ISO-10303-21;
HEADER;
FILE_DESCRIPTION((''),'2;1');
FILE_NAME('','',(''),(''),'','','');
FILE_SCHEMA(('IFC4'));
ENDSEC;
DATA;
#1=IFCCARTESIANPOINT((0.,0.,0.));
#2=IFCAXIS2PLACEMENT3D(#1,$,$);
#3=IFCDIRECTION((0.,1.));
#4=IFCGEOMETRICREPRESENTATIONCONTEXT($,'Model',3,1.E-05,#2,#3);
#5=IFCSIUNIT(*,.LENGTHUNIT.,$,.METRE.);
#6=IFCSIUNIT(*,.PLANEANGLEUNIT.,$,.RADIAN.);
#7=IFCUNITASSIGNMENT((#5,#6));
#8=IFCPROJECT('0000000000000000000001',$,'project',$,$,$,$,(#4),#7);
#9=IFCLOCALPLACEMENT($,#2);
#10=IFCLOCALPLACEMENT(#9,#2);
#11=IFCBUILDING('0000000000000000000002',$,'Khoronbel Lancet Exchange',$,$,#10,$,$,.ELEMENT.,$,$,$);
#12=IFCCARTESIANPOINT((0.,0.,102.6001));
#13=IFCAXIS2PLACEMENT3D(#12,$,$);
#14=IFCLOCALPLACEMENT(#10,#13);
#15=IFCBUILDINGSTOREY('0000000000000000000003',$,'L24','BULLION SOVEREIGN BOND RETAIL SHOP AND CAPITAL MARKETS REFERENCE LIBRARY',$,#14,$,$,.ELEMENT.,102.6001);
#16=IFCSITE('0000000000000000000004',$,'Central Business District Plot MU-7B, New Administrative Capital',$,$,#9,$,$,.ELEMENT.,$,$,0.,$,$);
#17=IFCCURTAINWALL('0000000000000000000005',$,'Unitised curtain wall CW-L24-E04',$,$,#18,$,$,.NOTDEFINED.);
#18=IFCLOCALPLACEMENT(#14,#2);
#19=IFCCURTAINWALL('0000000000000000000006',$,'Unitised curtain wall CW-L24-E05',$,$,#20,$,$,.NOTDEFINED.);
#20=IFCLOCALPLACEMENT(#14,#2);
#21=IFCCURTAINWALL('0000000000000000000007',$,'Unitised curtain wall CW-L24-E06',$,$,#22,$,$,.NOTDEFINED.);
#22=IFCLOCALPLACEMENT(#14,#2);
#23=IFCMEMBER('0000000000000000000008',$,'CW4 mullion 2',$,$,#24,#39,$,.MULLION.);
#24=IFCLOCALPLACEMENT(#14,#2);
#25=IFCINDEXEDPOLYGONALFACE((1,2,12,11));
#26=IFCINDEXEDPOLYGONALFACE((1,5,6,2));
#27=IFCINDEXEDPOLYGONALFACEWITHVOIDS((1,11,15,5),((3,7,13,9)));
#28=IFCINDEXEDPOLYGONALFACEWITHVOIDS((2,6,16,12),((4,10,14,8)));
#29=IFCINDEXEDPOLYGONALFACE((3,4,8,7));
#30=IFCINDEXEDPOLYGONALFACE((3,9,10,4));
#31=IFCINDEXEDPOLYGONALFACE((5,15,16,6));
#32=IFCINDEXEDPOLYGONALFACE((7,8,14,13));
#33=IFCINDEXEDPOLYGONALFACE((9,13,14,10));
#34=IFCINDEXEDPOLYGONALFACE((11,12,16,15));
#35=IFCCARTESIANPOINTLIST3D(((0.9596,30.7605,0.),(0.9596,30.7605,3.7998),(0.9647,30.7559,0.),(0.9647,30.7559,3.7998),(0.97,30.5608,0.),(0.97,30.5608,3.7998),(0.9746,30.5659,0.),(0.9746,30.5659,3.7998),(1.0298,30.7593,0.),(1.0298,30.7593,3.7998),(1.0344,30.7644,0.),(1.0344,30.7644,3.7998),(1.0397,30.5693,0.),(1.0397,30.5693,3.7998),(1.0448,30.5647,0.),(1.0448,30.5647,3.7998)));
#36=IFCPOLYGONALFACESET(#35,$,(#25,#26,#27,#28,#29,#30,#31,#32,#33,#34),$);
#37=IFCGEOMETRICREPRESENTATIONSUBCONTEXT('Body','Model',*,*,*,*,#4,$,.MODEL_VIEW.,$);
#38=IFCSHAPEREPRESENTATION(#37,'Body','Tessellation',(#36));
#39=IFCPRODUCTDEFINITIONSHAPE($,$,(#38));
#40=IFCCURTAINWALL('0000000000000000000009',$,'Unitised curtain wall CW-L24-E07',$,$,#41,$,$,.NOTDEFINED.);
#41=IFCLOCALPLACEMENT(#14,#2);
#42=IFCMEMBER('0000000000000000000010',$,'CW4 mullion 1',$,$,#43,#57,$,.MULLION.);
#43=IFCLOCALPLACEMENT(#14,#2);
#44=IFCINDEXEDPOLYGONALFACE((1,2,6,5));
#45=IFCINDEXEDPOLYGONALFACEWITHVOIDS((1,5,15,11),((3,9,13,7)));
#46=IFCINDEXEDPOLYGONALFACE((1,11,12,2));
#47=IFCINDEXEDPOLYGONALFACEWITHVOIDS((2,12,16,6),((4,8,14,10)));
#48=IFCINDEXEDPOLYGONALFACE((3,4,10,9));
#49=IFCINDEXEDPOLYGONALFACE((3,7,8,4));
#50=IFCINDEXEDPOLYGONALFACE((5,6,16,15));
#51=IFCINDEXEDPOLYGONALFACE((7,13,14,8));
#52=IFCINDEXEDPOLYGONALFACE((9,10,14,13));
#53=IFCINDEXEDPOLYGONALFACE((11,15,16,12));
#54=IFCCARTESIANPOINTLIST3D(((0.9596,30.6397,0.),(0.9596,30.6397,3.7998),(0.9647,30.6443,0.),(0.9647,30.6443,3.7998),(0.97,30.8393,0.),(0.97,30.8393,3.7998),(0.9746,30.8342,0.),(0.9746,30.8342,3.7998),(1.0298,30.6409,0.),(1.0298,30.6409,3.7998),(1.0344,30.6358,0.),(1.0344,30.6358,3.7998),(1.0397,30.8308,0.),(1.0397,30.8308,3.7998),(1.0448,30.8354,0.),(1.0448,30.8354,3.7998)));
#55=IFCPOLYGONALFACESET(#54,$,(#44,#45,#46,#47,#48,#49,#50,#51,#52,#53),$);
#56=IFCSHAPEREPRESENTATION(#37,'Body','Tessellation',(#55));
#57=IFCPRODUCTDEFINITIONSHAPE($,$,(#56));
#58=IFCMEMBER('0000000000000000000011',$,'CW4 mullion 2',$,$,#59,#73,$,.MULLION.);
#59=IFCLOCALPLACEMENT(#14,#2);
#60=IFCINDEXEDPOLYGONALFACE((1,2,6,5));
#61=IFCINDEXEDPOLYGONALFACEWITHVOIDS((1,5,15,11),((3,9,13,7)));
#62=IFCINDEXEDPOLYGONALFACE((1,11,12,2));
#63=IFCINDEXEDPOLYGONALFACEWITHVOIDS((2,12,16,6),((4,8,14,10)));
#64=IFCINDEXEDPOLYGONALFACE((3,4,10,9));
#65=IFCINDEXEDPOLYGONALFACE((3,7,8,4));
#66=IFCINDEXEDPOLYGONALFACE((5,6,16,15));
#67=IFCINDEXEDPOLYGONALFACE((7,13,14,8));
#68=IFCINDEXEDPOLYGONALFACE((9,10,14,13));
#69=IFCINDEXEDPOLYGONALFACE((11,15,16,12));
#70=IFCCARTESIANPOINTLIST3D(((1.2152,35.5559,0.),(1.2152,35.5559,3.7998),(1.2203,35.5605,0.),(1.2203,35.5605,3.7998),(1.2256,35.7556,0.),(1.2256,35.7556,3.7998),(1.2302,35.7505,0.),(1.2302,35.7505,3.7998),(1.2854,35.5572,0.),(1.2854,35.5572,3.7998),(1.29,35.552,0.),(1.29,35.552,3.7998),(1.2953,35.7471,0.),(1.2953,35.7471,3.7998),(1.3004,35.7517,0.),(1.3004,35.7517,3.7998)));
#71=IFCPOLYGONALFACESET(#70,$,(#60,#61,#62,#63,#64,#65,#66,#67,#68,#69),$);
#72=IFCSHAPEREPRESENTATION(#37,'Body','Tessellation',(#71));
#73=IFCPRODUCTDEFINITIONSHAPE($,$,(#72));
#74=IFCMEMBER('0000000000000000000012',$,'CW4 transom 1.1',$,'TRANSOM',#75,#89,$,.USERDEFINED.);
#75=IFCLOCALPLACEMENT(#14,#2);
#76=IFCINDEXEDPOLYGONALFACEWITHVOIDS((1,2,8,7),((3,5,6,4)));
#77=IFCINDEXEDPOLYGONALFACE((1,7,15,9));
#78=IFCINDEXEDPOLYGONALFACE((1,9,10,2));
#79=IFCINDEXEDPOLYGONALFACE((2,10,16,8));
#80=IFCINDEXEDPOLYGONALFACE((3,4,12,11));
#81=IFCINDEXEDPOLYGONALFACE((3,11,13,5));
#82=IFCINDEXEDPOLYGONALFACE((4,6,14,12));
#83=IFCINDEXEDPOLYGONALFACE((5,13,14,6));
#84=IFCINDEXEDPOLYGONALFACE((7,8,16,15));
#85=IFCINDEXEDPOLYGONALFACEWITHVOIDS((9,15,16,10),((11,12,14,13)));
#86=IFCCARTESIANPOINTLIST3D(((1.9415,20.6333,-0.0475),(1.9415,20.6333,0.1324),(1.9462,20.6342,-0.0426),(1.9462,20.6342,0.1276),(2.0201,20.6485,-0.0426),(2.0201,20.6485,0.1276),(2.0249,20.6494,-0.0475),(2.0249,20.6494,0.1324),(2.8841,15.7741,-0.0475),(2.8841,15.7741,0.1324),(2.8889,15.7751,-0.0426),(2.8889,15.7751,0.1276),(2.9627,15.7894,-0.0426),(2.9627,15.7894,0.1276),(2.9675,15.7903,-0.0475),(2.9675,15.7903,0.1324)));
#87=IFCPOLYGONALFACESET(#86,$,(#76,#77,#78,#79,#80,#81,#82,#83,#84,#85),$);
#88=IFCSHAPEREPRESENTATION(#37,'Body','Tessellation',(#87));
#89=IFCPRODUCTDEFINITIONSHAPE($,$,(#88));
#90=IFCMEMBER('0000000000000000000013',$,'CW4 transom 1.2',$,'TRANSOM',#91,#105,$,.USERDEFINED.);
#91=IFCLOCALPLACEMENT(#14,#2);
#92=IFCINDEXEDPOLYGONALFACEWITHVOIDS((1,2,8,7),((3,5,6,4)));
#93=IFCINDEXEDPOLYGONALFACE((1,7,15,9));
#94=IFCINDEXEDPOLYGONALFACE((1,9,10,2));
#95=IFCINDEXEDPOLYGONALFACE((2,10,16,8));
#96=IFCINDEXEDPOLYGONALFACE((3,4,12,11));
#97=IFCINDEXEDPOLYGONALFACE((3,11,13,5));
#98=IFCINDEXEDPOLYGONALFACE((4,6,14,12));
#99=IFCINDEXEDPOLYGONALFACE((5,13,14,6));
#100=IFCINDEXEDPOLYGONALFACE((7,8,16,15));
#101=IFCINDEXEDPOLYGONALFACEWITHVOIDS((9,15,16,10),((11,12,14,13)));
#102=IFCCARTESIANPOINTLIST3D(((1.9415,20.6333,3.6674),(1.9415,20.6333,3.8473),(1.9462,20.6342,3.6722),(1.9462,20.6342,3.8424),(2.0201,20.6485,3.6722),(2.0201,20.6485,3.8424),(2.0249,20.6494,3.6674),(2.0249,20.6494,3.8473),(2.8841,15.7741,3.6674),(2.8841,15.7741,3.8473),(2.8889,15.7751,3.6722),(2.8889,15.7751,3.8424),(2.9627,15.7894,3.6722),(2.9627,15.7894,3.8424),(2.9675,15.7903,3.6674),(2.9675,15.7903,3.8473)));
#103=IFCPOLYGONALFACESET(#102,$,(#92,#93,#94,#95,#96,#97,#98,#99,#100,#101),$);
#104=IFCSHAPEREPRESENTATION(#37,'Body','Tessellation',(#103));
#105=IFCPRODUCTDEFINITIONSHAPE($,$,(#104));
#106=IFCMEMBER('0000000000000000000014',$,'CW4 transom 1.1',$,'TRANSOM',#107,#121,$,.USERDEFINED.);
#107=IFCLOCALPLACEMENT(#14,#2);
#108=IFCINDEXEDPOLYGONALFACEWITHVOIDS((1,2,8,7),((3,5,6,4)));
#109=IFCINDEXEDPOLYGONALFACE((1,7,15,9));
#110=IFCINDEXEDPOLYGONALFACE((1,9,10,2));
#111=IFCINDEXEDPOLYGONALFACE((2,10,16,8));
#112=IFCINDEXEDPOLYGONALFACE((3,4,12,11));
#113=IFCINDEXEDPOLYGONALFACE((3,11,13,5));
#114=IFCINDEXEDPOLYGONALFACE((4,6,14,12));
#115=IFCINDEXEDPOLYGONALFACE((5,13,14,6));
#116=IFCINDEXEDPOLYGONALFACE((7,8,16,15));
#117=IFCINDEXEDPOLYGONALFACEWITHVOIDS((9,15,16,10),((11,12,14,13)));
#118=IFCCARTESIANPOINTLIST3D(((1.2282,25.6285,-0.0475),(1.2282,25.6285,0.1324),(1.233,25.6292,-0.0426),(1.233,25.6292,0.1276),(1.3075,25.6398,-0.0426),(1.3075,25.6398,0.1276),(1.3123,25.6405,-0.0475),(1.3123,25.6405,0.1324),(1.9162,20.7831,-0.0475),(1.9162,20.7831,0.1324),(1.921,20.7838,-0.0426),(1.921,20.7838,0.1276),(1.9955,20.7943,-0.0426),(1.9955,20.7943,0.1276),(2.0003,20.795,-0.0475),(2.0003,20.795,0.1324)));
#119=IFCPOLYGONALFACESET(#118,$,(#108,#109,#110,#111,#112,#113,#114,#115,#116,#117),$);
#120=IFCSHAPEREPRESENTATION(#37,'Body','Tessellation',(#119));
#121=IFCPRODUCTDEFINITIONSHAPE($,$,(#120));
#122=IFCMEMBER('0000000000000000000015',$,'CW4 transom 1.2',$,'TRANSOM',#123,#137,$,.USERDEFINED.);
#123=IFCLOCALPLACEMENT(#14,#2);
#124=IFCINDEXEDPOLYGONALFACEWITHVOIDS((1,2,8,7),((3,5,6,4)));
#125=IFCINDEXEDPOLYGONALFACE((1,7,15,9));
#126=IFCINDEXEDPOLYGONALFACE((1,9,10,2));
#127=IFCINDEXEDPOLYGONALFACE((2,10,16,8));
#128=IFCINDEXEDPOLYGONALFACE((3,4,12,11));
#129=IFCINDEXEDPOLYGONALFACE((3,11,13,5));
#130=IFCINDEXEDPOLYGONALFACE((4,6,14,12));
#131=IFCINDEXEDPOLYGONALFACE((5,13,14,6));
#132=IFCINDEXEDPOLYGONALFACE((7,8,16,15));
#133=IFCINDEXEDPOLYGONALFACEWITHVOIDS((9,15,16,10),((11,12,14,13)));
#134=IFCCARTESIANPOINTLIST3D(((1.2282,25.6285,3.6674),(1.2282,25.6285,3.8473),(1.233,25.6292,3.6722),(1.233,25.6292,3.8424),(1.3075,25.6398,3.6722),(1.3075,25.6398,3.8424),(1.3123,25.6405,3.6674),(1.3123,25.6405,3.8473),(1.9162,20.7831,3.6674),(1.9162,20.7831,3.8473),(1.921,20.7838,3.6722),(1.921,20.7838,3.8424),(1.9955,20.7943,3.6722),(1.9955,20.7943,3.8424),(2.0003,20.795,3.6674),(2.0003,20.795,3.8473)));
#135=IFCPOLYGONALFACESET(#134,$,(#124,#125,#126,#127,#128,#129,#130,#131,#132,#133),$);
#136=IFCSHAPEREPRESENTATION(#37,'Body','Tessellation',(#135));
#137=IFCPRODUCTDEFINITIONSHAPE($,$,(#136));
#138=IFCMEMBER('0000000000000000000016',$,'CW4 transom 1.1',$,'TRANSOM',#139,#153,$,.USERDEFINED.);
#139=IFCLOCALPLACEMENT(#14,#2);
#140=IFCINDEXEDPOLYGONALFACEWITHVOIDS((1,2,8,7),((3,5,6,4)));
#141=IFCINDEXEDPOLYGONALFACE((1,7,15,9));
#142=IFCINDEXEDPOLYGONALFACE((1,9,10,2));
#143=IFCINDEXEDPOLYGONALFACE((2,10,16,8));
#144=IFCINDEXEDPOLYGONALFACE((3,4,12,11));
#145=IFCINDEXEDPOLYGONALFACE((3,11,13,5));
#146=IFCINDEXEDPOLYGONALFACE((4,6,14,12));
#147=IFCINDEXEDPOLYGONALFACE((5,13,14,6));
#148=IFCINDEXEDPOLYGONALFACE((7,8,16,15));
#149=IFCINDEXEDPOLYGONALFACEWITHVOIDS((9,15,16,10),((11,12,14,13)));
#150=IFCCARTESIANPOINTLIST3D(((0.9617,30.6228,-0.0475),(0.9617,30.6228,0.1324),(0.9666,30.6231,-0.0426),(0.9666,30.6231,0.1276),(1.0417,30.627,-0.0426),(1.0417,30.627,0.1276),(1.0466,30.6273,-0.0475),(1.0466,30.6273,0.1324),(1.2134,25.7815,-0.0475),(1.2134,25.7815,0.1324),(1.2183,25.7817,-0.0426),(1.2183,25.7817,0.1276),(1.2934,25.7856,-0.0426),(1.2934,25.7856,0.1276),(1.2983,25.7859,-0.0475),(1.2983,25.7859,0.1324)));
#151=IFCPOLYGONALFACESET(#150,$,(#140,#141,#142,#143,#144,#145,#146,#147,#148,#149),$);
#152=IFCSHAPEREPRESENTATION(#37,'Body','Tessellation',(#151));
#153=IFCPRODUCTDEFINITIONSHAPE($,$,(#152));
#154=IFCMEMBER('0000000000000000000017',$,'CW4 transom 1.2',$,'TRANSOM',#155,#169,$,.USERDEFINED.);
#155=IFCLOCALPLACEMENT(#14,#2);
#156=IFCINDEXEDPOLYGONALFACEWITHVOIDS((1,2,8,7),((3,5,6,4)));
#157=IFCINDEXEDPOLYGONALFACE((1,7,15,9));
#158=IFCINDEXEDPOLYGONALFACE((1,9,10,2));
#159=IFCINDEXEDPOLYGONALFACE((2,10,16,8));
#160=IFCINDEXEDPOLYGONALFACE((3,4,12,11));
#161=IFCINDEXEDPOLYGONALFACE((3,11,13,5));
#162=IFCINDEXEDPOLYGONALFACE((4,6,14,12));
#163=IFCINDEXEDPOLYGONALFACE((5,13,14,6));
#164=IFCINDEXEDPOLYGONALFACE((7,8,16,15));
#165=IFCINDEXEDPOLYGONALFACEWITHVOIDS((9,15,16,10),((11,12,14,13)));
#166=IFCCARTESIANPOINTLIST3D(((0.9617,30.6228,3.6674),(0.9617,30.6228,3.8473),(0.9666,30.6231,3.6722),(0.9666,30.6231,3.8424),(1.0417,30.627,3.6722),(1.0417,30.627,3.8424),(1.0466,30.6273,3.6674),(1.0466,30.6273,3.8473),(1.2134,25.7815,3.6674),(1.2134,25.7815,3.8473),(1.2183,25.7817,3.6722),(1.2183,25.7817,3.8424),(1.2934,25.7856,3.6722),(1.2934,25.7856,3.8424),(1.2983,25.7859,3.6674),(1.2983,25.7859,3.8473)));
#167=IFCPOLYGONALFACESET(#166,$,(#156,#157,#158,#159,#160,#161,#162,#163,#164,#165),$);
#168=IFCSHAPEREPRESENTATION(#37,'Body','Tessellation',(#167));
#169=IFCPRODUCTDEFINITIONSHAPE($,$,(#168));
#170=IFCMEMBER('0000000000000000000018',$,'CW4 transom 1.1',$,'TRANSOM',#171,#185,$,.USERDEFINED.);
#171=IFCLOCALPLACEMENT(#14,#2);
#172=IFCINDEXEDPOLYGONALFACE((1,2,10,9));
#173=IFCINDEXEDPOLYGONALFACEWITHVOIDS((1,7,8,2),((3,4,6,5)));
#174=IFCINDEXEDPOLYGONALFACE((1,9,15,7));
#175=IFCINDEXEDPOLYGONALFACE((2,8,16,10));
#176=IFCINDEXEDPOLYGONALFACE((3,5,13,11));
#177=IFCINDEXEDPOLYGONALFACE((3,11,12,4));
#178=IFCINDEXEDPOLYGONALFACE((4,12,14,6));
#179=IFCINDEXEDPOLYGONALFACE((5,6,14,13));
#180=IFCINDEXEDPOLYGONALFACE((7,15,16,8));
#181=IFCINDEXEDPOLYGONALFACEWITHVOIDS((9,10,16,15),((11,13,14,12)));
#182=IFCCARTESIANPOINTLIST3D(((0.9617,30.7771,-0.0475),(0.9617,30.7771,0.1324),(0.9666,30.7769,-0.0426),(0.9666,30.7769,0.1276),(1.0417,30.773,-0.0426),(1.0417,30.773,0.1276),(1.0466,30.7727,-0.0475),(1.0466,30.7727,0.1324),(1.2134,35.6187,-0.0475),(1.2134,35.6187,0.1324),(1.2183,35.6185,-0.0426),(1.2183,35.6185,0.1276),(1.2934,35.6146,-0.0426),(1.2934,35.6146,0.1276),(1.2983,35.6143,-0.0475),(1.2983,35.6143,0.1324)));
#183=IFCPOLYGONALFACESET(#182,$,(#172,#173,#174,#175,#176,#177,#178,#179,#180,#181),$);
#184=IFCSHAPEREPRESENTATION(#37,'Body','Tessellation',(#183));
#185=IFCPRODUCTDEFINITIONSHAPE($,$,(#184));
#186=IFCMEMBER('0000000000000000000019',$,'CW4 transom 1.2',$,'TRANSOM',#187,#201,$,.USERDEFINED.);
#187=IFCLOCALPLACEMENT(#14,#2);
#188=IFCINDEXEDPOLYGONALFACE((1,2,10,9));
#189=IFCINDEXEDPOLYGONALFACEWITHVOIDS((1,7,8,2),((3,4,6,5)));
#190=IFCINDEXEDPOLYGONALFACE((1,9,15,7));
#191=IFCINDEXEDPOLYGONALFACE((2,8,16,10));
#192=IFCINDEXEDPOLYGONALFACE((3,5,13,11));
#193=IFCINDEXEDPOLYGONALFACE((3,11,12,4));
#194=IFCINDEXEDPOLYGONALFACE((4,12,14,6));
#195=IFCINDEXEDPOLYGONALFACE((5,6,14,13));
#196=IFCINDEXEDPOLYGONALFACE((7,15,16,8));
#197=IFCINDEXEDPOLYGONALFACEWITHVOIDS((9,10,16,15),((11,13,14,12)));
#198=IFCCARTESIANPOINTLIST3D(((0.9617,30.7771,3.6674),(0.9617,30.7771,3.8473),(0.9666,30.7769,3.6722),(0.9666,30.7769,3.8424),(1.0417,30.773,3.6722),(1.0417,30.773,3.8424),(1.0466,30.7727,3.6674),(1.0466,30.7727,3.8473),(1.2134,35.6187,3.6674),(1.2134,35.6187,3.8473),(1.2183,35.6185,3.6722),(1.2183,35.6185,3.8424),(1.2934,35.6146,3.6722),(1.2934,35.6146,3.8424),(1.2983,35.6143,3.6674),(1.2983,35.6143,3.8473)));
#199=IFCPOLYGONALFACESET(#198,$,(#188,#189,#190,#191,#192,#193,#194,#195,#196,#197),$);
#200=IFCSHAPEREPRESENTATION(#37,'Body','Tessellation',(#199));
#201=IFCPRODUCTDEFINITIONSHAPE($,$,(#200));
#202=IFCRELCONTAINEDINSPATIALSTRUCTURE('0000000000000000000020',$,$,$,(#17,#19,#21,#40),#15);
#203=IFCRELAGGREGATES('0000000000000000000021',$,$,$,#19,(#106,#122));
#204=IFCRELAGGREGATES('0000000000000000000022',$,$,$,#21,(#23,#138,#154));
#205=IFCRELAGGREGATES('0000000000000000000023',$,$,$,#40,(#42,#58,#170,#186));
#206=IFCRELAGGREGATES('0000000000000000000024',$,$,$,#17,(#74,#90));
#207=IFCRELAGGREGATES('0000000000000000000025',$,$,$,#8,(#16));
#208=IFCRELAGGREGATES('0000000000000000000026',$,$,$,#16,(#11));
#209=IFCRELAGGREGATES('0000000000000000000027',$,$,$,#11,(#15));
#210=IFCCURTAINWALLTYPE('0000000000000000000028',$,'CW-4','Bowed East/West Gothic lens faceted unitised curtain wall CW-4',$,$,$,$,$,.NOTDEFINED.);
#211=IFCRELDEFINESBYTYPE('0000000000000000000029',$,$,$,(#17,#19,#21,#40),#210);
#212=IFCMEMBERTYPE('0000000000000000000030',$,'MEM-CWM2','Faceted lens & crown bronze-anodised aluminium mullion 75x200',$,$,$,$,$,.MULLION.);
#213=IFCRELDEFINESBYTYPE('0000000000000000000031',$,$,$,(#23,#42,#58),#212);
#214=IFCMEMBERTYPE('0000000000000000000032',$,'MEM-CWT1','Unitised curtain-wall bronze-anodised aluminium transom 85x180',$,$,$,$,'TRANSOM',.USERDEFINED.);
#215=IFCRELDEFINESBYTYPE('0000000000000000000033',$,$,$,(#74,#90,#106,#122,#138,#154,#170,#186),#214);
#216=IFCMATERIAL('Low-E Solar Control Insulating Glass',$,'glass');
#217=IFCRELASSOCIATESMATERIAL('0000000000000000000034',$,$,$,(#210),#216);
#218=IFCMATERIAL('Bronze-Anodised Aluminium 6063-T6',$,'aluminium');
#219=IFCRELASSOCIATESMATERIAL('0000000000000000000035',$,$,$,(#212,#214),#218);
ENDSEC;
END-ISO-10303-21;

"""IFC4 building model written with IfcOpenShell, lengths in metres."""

from ifc_helpers import new_model, si_unit, direction, frame, origin, origin_2d, place, context, subcontext, project, spatial, hollow_rectangle, extrude, material, material_profile, profile_set, type_object, element, aggregate, save


model = new_model("IFC4")

# Units and contexts
model_context = context("Model", 3, precision=1e-05, world=origin(), true_north=direction((0.0, 1.0)))
body_context = subcontext(model_context, "Body", "Model", "MODEL_VIEW")
ifc_project = project(units=[si_unit("LENGTHUNIT", "METRE"), si_unit("PLANEANGLEUNIT", "RADIAN")], contexts=[model_context])

# Site, building, storey
site_placement = place(None, origin())
site = spatial("IfcSite", under=ifc_project, at=site_placement, Name="Central Business District Plot MU-7B, New Administrative Capital", CompositionType="ELEMENT", RefElevation=0.0)
building_placement = place(site_placement, origin())
building = spatial("IfcBuilding", under=site, at=building_placement, Name="Khoronbel Lancet Exchange", CompositionType="ELEMENT")
storey_placement = place(building_placement, frame((0.0, 0.0, 102.6001)))
storey = spatial("IfcBuildingStorey", under=building, at=storey_placement, Name="L24", Description="BULLION SOVEREIGN BOND RETAIL SHOP AND CAPITAL MARKETS REFERENCE LIBRARY", CompositionType="ELEMENT", Elevation=102.6001)

# Curtain walls, members
ifc_material_1 = material(Name="Low-E Solar Control Insulating Glass", Category="glass")
curtain_wall_type = type_object("IfcCurtainWallType", Name="CW-4", Description="Bowed East/West Gothic lens faceted unitised curtain wall CW-4", PredefinedType="NOTDEFINED", material=ifc_material_1)
curtain_wall_1_placement = place(storey_placement, origin())
curtain_wall_1 = element("IfcCurtainWall", 1, at=curtain_wall_1_placement, inside=storey, type_object=curtain_wall_type, Name="Unitised curtain wall CW-L24-E04", PredefinedType="NOTDEFINED")
ifc_material_2 = material(Name="Bronze-Anodised Aluminium 6063-T6", Category="aluminium")
ifc_material_profile_1 = material_profile(ifc_material_2, hollow_rectangle(XDim=0.075, YDim=0.2, WallThickness=0.0049, at=origin_2d()), Name="ALU MULLION 75x200")
ifc_profile_set_1 = profile_set([ifc_material_profile_1], Name="Bronze-Anodised Aluminium 6063-T6")
member_type_1 = type_object("IfcMemberType", Name="MEM-CWM2", Description="Faceted lens & crown bronze-anodised aluminium mullion 75x200", PredefinedType="MULLION", material=ifc_profile_set_1)
curtain_wall_2_placement = place(storey_placement, origin())
curtain_wall_2 = element("IfcCurtainWall", 2, at=curtain_wall_2_placement, inside=storey, type_object=curtain_wall_type, Name="Unitised curtain wall CW-L24-E05", PredefinedType="NOTDEFINED")
curtain_wall_3_placement = place(storey_placement, origin())
curtain_wall_3 = element("IfcCurtainWall", 3, at=curtain_wall_3_placement, inside=storey, type_object=curtain_wall_type, Name="Unitised curtain wall CW-L24-E06", PredefinedType="NOTDEFINED")
member_1_placement = place(storey_placement, frame((1.0022, 30.6626, 0.0), z_axis=(0.0, 0.0, 1.0), x_axis=(-0.998651, -0.05192, 0.0)))
member_1 = element("IfcMember", 4, at=member_1_placement, type_object=member_type_1, Name="CW4 mullion 2", PredefinedType="MULLION", context=body_context, shape_type="SweptSolid", body=[
    extrude(hollow_rectangle(XDim=0.075, YDim=0.2, WallThickness=0.0049, at=origin_2d()), origin(), (0.0, 0.0, 1.0), 3.7998),
])
curtain_wall_4_placement = place(storey_placement, origin())
curtain_wall_4 = element("IfcCurtainWall", 5, at=curtain_wall_4_placement, inside=storey, type_object=curtain_wall_type, Name="Unitised curtain wall CW-L24-E07", PredefinedType="NOTDEFINED")
member_2_placement = place(storey_placement, frame((1.0022, 30.7375, 0.0), z_axis=(0.0, 0.0, 1.0), x_axis=(-0.998651, 0.05192, 0.0)))
member_2 = element("IfcMember", 6, at=member_2_placement, type_object=member_type_1, Name="CW4 mullion 1", PredefinedType="MULLION", context=body_context, shape_type="SweptSolid", body=[
    extrude(hollow_rectangle(XDim=0.075, YDim=0.2, WallThickness=0.0049, at=origin_2d()), origin(), (0.0, 0.0, 1.0), 3.7998),
])
member_3_placement = place(storey_placement, frame((1.2578, 35.6538, 0.0), z_axis=(0.0, 0.0, 1.0), x_axis=(-0.998651, 0.05192, 0.0)))
member_3 = element("IfcMember", 7, at=member_3_placement, type_object=member_type_1, Name="CW4 mullion 2", PredefinedType="MULLION", context=body_context, shape_type="SweptSolid", body=[
    extrude(hollow_rectangle(XDim=0.075, YDim=0.2, WallThickness=0.0049, at=origin_2d()), origin(), (0.0, 0.0, 1.0), 3.7998),
])

# Members
ifc_material_profile_2 = material_profile(ifc_material_2, hollow_rectangle(XDim=0.085, YDim=0.1799, WallThickness=0.0049, at=origin_2d()), Name="ALU TRANSOM 85x180")
ifc_profile_set_2 = profile_set([ifc_material_profile_2], Name="Bronze-Anodised Aluminium 6063-T6")
member_type_2 = type_object("IfcMemberType", Name="MEM-CWT1", Description="Unitised curtain-wall bronze-anodised aluminium transom 85x180", ElementType="TRANSOM", PredefinedType="USERDEFINED", material=ifc_profile_set_2)
member_4_placement = place(storey_placement, frame((2.9258, 15.7822, 0.0425), z_axis=(-0.190441, 0.981699, 0.0), x_axis=(-0.981699, -0.190441, 0.0)))
member_4 = element("IfcMember", 8, at=member_4_placement, type_object=member_type_2, Name="CW4 transom 1.1", ObjectType="TRANSOM", PredefinedType="USERDEFINED", context=body_context, shape_type="SweptSolid", body=[
    extrude(hollow_rectangle(XDim=0.085, YDim=0.1799, WallThickness=0.0049, at=origin_2d()), origin(), (0.0, 0.0, 1.0), 4.9497),
])
member_5_placement = place(storey_placement, frame((2.9258, 15.7822, 3.7573), z_axis=(-0.190441, 0.981699, 0.0), x_axis=(-0.981699, -0.190441, 0.0)))
member_5 = element("IfcMember", 9, at=member_5_placement, type_object=member_type_2, Name="CW4 transom 1.2", ObjectType="TRANSOM", PredefinedType="USERDEFINED", context=body_context, shape_type="SweptSolid", body=[
    extrude(hollow_rectangle(XDim=0.085, YDim=0.1799, WallThickness=0.0049, at=origin_2d()), origin(), (0.0, 0.0, 1.0), 4.9497),
])
member_6_placement = place(storey_placement, frame((1.9583, 20.7891, 0.0425), z_axis=(-0.140576, 0.99007, 0.0), x_axis=(-0.99007, -0.140576, 0.0)))
member_6 = element("IfcMember", 10, at=member_6_placement, type_object=member_type_2, Name="CW4 transom 1.1", ObjectType="TRANSOM", PredefinedType="USERDEFINED", context=body_context, shape_type="SweptSolid", body=[
    extrude(hollow_rectangle(XDim=0.085, YDim=0.1799, WallThickness=0.0049, at=origin_2d()), origin(), (0.0, 0.0, 1.0), 4.894),
])
member_7_placement = place(storey_placement, frame((1.9583, 20.7891, 3.7573), z_axis=(-0.140576, 0.99007, 0.0), x_axis=(-0.99007, -0.140576, 0.0)))
member_7 = element("IfcMember", 11, at=member_7_placement, type_object=member_type_2, Name="CW4 transom 1.2", ObjectType="TRANSOM", PredefinedType="USERDEFINED", context=body_context, shape_type="SweptSolid", body=[
    extrude(hollow_rectangle(XDim=0.085, YDim=0.1799, WallThickness=0.0049, at=origin_2d()), origin(), (0.0, 0.0, 1.0), 4.894),
])
member_8_placement = place(storey_placement, frame((1.2559, 25.7837, 0.0425), z_axis=(-0.051922, 0.998651, 0.0), x_axis=(-0.998651, -0.051922, 0.0)))
member_8 = element("IfcMember", 12, at=member_8_placement, type_object=member_type_2, Name="CW4 transom 1.1", ObjectType="TRANSOM", PredefinedType="USERDEFINED", context=body_context, shape_type="SweptSolid", body=[
    extrude(hollow_rectangle(XDim=0.085, YDim=0.1799, WallThickness=0.0049, at=origin_2d()), origin(), (0.0, 0.0, 1.0), 4.8479),
])
member_9_placement = place(storey_placement, frame((1.2559, 25.7837, 3.7573), z_axis=(-0.051922, 0.998651, 0.0), x_axis=(-0.998651, -0.051922, 0.0)))
member_9 = element("IfcMember", 13, at=member_9_placement, type_object=member_type_2, Name="CW4 transom 1.2", ObjectType="TRANSOM", PredefinedType="USERDEFINED", context=body_context, shape_type="SweptSolid", body=[
    extrude(hollow_rectangle(XDim=0.085, YDim=0.1799, WallThickness=0.0049, at=origin_2d()), origin(), (0.0, 0.0, 1.0), 4.8479),
])
member_10_placement = place(storey_placement, frame((1.0042, 30.7749, 0.0425), z_axis=(0.051919, 0.998651, 0.0), x_axis=(-0.998651, 0.051919, 0.0)))
member_10 = element("IfcMember", 14, at=member_10_placement, type_object=member_type_2, Name="CW4 transom 1.1", ObjectType="TRANSOM", PredefinedType="USERDEFINED", context=body_context, shape_type="SweptSolid", body=[
    extrude(hollow_rectangle(XDim=0.085, YDim=0.1799, WallThickness=0.0049, at=origin_2d()), origin(), (0.0, 0.0, 1.0), 4.8481),
])
member_11_placement = place(storey_placement, frame((1.0042, 30.7749, 3.7573), z_axis=(0.051919, 0.998651, 0.0), x_axis=(-0.998651, 0.051919, 0.0)))
member_11 = element("IfcMember", 15, at=member_11_placement, type_object=member_type_2, Name="CW4 transom 1.2", ObjectType="TRANSOM", PredefinedType="USERDEFINED", context=body_context, shape_type="SweptSolid", body=[
    extrude(hollow_rectangle(XDim=0.085, YDim=0.1799, WallThickness=0.0049, at=origin_2d()), origin(), (0.0, 0.0, 1.0), 4.8481),
])

aggregate(curtain_wall_2, [member_6, member_7])
aggregate(curtain_wall_3, [member_1, member_8, member_9])
aggregate(curtain_wall_4, [member_2, member_3, member_10, member_11])
aggregate(curtain_wall_1, [member_4, member_5])

save(model, "model.ifc")
